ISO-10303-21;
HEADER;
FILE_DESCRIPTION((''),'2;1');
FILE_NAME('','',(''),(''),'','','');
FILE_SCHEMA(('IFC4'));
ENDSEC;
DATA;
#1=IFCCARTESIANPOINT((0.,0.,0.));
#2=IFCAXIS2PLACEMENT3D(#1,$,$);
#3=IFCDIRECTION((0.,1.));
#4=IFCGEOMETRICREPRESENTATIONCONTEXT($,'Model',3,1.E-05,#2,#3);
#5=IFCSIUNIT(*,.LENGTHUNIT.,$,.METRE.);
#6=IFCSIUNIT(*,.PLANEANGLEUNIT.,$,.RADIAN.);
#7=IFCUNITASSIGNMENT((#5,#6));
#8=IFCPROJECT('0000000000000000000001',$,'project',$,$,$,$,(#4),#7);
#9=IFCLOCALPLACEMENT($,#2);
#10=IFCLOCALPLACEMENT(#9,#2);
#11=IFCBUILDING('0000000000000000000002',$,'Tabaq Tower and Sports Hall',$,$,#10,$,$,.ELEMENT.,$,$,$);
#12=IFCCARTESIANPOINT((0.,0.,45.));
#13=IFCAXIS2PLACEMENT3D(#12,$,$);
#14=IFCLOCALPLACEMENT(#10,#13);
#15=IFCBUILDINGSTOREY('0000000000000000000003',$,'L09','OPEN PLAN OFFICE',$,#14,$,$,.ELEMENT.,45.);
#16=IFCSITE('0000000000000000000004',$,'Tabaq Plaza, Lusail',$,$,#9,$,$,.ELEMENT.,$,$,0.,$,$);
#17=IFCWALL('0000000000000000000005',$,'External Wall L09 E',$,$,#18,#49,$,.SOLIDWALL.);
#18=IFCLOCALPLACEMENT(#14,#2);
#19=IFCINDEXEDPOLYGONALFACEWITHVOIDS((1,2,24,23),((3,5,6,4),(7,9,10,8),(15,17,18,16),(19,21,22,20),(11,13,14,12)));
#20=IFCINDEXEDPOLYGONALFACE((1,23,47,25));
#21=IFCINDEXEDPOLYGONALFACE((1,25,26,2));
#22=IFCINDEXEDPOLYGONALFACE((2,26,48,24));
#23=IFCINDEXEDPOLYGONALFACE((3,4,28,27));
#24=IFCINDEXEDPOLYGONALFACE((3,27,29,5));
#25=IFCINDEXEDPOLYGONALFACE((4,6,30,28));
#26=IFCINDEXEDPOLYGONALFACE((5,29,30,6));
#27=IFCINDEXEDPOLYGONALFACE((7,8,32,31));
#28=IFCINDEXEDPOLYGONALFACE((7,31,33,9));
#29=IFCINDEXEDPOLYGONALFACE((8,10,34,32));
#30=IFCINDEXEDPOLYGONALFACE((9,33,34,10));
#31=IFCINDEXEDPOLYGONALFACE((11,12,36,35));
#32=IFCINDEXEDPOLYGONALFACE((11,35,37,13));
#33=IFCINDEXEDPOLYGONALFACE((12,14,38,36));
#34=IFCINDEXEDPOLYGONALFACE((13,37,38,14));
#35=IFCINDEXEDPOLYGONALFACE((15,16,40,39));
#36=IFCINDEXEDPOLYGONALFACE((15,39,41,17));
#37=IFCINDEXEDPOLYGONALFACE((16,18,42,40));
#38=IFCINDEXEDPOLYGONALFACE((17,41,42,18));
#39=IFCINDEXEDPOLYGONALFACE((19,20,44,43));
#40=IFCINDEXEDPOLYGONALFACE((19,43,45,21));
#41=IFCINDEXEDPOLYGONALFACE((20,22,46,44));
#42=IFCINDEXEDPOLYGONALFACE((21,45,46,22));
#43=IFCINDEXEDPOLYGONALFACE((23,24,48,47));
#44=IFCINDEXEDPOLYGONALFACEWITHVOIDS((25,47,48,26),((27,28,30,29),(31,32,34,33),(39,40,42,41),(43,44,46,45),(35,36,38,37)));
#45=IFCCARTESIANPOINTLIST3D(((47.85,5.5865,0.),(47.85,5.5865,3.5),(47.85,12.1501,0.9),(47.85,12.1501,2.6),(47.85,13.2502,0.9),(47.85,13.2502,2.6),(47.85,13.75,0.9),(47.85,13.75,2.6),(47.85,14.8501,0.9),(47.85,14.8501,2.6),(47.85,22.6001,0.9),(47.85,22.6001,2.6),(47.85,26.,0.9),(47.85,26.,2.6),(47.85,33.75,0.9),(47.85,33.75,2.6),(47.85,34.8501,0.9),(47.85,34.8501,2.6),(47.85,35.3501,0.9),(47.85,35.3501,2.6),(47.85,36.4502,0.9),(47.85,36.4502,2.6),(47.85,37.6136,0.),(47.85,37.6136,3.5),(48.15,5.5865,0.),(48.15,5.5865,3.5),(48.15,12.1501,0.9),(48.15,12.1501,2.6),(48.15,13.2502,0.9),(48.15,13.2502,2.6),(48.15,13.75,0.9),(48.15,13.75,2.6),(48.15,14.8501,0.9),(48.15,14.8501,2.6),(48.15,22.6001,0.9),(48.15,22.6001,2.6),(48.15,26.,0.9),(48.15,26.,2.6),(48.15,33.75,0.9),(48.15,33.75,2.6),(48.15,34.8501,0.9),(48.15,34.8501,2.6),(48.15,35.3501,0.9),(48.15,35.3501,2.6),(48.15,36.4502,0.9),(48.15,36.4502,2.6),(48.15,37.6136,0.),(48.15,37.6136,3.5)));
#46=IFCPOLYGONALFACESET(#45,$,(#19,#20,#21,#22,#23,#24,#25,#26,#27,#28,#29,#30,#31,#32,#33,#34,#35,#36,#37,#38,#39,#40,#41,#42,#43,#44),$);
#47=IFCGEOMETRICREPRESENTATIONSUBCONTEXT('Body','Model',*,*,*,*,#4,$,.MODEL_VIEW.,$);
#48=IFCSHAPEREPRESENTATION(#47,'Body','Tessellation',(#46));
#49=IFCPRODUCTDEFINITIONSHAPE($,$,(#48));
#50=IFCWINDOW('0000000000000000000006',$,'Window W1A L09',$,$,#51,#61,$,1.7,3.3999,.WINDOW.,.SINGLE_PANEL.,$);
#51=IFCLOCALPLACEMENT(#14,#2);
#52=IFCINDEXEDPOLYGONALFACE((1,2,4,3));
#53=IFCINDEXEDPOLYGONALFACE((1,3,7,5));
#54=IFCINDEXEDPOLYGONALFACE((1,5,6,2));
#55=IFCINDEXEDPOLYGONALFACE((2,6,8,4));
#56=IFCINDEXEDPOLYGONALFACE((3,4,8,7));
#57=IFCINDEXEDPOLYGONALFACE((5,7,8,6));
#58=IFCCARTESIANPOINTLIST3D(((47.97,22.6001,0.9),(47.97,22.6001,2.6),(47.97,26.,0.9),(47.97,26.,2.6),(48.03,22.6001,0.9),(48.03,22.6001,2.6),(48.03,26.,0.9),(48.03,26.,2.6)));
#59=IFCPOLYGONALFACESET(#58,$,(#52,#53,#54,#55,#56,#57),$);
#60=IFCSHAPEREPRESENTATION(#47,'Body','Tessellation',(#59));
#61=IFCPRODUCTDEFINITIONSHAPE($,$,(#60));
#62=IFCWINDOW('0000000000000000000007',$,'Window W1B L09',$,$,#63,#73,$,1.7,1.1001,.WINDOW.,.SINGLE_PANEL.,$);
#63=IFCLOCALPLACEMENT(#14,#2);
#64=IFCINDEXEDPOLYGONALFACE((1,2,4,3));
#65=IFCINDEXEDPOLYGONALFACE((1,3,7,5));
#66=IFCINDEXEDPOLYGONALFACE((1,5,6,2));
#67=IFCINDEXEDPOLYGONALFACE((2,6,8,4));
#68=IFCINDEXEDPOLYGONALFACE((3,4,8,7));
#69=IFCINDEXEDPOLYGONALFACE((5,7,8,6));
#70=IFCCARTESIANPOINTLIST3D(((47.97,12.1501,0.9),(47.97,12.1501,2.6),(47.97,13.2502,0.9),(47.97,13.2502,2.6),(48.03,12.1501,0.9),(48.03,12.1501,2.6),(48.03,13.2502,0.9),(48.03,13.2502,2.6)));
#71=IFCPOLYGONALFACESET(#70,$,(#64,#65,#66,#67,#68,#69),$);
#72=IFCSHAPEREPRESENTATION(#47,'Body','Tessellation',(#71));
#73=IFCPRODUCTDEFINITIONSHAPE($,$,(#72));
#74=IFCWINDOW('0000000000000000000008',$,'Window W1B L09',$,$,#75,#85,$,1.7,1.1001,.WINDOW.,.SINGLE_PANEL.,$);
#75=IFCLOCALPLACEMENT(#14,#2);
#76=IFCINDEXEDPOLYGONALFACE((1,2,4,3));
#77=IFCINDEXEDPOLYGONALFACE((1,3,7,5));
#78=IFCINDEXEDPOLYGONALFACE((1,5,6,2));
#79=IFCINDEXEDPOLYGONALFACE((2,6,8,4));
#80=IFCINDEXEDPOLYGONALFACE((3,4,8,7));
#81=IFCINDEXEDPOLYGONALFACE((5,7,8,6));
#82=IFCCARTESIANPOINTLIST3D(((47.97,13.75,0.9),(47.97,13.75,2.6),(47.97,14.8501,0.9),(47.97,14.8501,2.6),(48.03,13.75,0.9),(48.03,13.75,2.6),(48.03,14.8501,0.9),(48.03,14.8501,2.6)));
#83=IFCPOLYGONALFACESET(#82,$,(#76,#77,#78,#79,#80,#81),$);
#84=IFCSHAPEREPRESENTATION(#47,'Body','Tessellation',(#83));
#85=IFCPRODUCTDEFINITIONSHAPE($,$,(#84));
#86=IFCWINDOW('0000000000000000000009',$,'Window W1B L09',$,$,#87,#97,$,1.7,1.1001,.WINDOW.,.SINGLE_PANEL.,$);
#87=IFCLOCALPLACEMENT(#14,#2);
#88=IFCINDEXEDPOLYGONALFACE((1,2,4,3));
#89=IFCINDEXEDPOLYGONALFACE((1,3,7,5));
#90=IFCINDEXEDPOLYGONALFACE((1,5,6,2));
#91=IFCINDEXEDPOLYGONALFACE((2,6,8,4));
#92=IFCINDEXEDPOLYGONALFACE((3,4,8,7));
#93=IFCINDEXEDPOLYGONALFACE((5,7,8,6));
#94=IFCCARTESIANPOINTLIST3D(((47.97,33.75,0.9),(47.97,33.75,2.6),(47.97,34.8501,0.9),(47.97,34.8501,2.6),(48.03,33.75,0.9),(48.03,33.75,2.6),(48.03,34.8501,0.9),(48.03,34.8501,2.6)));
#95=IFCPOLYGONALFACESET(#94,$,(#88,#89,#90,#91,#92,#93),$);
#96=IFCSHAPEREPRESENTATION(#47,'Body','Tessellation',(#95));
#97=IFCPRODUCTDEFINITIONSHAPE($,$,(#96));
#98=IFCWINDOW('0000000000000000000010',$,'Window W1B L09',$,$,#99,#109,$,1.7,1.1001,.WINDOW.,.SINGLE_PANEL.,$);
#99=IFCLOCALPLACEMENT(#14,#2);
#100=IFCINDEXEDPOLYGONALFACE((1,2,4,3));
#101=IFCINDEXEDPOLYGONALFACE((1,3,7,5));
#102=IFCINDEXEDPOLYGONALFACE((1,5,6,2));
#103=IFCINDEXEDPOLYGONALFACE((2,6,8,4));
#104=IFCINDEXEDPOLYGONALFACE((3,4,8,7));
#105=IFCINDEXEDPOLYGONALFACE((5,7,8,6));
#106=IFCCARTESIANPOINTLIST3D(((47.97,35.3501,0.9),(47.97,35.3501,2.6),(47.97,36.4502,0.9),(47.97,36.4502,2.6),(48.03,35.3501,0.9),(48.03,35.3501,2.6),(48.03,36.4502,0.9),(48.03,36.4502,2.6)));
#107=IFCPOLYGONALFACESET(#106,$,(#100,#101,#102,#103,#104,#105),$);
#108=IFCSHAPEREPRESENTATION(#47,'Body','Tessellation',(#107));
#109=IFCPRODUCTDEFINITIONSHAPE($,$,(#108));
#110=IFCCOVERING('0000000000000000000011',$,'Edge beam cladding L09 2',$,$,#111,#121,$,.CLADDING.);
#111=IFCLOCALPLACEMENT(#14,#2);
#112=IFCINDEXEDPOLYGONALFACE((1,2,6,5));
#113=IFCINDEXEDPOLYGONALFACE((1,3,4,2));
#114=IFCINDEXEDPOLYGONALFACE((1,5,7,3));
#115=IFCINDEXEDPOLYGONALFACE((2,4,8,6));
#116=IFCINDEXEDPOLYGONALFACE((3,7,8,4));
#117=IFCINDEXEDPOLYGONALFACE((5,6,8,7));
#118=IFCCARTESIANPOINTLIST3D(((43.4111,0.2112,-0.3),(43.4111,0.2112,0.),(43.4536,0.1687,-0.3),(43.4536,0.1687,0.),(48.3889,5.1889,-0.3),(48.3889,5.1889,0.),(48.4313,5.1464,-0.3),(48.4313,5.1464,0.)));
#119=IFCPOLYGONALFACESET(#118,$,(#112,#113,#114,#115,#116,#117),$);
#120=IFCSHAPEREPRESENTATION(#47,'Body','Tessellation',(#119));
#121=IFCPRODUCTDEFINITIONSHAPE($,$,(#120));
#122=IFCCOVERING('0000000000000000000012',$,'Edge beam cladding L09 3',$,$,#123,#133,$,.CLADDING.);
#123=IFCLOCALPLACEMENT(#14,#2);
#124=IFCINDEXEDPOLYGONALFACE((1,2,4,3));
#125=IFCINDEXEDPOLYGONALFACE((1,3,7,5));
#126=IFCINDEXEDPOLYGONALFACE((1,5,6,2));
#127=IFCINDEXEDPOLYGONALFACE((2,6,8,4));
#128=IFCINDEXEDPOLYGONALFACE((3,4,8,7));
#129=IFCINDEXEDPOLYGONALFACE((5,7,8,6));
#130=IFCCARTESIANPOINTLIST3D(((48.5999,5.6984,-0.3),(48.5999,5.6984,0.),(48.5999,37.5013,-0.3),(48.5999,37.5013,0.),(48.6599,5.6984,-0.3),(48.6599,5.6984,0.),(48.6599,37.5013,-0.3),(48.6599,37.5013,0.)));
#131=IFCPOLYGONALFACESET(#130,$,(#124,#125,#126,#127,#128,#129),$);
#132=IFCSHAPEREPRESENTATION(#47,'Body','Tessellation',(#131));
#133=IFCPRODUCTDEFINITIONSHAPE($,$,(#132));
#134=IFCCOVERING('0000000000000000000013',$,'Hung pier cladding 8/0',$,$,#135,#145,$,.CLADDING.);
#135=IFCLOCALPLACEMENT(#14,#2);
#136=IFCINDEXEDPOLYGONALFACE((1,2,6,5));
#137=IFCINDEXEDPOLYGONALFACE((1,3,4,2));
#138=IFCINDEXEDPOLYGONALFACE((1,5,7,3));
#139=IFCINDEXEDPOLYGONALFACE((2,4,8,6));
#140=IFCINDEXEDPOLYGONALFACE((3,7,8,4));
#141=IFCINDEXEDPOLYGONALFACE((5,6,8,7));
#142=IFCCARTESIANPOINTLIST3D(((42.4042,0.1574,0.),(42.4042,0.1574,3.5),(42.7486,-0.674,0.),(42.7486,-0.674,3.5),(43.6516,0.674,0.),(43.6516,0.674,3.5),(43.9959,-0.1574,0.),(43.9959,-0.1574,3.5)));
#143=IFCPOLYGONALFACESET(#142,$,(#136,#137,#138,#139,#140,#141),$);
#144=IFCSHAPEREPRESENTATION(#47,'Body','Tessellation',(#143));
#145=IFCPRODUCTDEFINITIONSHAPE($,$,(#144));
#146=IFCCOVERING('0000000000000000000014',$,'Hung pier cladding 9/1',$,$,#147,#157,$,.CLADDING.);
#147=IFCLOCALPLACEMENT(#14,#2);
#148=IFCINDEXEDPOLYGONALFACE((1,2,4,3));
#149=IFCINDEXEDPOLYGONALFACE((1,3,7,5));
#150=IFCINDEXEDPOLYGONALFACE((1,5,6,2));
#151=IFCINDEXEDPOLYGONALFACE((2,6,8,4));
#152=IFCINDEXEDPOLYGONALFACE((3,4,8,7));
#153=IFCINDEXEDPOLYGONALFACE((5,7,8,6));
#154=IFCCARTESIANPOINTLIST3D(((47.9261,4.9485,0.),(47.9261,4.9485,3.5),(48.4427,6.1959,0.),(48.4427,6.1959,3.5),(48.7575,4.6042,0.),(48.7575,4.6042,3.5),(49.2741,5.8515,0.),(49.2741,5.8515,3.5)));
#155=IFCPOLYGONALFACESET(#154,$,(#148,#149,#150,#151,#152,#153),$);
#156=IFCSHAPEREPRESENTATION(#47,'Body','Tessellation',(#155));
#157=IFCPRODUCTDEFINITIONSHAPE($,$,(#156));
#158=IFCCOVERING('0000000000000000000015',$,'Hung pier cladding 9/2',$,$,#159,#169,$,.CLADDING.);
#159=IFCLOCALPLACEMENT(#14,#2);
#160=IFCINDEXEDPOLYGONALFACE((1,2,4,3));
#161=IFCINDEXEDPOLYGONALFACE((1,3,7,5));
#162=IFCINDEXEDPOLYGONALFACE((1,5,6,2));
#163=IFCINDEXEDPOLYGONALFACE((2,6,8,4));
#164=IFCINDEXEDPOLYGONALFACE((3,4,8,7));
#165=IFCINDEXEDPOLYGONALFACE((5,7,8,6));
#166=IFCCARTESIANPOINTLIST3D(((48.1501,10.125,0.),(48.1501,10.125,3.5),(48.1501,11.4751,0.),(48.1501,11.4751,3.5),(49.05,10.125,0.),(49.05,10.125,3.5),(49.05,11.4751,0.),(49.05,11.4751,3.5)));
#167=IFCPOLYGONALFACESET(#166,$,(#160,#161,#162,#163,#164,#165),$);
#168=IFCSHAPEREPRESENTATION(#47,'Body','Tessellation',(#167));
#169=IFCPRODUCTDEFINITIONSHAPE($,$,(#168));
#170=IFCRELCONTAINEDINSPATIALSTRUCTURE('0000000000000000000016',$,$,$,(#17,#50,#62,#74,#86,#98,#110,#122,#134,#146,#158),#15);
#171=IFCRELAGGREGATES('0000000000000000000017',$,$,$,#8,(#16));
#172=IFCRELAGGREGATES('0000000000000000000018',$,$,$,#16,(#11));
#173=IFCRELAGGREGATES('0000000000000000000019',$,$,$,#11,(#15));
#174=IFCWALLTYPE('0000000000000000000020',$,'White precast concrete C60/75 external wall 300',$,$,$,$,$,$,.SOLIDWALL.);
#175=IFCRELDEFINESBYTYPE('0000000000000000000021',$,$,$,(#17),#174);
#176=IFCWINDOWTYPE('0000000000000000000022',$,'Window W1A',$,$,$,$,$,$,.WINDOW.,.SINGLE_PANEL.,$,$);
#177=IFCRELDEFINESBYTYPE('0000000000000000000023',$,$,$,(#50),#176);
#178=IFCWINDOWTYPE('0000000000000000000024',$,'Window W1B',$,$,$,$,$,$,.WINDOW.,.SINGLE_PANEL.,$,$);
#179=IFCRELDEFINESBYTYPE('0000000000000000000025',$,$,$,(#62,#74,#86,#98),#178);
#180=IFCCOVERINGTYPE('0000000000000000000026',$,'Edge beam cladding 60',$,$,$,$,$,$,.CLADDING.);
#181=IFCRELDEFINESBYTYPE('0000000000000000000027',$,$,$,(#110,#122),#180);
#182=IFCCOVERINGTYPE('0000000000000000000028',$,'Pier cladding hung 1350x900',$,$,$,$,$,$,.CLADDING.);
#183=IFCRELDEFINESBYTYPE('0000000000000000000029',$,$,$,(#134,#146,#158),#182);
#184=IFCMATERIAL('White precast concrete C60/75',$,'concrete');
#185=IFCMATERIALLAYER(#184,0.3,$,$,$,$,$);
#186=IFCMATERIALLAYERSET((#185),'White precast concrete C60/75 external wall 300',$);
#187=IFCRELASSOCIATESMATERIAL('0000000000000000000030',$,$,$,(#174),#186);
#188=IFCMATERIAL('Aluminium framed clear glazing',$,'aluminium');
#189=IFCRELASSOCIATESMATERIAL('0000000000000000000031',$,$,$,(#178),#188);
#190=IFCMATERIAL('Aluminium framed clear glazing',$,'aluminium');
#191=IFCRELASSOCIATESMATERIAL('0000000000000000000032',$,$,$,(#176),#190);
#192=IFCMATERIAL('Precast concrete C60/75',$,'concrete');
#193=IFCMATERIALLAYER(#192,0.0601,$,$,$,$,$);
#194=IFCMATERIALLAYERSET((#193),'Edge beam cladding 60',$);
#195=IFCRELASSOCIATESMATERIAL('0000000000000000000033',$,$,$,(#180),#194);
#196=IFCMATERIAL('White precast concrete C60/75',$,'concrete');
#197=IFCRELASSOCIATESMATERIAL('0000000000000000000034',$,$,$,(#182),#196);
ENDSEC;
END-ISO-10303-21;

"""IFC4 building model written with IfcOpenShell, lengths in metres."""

from ifc_helpers import new_model, si_unit, direction, frame, frame_2d, origin, place, context, subcontext, project, spatial, rectangle, extrude, material, layer, layer_set, type_object, element, fill, save


model = new_model("IFC4")

# Units and contexts
model_context = context("Model", 3, precision=1e-05, world=origin(), true_north=direction((0.0, 1.0)))
body_context = subcontext(model_context, "Body", "Model", "MODEL_VIEW")
ifc_project = project(units=[si_unit("LENGTHUNIT", "METRE"), si_unit("PLANEANGLEUNIT", "RADIAN")], contexts=[model_context])

# Site, building, storey
site_placement = place(None, origin())
site = spatial("IfcSite", under=ifc_project, at=site_placement, Name="Tabaq Plaza, Lusail", CompositionType="ELEMENT", RefElevation=0.0)
building_placement = place(site_placement, origin())
building = spatial("IfcBuilding", under=site, at=building_placement, Name="Tabaq Tower and Sports Hall", CompositionType="ELEMENT")
storey_placement = place(building_placement, frame((0.0, 0.0, 45.0)))
storey = spatial("IfcBuildingStorey", under=building, at=storey_placement, Name="L09", Description="OPEN PLAN OFFICE", CompositionType="ELEMENT", Elevation=45.0)

# Wall, openings, windows
ifc_material_1 = material(Name="White precast concrete C60/75", Category="concrete")
ifc_layer_1 = layer(ifc_material_1, 0.3)
ifc_layer_set_1 = layer_set([ifc_layer_1], Name="White precast concrete C60/75 external wall 300")
wall_type = type_object("IfcWallType", Name="White precast concrete C60/75 external wall 300", PredefinedType="SOLIDWALL", material=ifc_layer_set_1)
ifc_material_2 = material(Name="Aluminium framed clear glazing", Category="aluminium")
window_type_1 = type_object("IfcWindowType", Name="Window W1B", PartitioningType="SINGLE_PANEL", PredefinedType="WINDOW", material=ifc_material_2)
wall_1_placement = place(storey_placement, frame((48.0, 5.5864, 0.0), z_axis=(0.0, 0.0, 1.0), x_axis=(0.0, 1.0, 0.0)))
wall_1 = element("IfcWall", 1, at=wall_1_placement, inside=storey, type_object=wall_type, Name="External Wall L09 E", PredefinedType="SOLIDWALL", context=body_context, shape_type="SweptSolid", body=[
    extrude(rectangle(XDim=32.0271, YDim=0.3, at=frame_2d((16.0137, 0.0))), origin(), (0.0, 0.0, 1.0), 3.5),
])
opening_1_placement = place(wall_1_placement, frame((6.5637, 0.0, 0.8999)))
opening_1 = element("IfcOpeningElement", 2, at=opening_1_placement, cuts=wall_1, PredefinedType="OPENING", context=body_context, shape_type="SweptSolid", body=[
    extrude(rectangle(XDim=1.1001, YDim=1.7, at=frame_2d((0.55, 0.8501))), frame((0.0, 0.1602, 0.0), z_axis=(0.0, -1.0, 0.0), x_axis=(1.0, 0.0, 0.0)), (0.0, 0.0, 1.0), 0.3201),
])
opening_2_placement = place(wall_1_placement, frame((8.1636, 0.0, 0.8999)))
opening_2 = element("IfcOpeningElement", 3, at=opening_2_placement, cuts=wall_1, PredefinedType="OPENING", context=body_context, shape_type="SweptSolid", body=[
    extrude(rectangle(XDim=1.1001, YDim=1.7, at=frame_2d((0.55, 0.8501))), frame((0.0, 0.1602, 0.0), z_axis=(0.0, -1.0, 0.0), x_axis=(1.0, 0.0, 0.0)), (0.0, 0.0, 1.0), 0.3201),
])
opening_3_placement = place(wall_1_placement, frame((17.0137, 0.0, 0.8999)))
opening_3 = element("IfcOpeningElement", 4, at=opening_3_placement, cuts=wall_1, PredefinedType="OPENING", context=body_context, shape_type="SweptSolid", body=[
    extrude(rectangle(XDim=3.3999, YDim=1.7, at=frame_2d((1.7, 0.8501))), frame((0.0, 0.1602, 0.0), z_axis=(0.0, -1.0, 0.0), x_axis=(1.0, 0.0, 0.0)), (0.0, 0.0, 1.0), 0.3201),
])
opening_4_placement = place(wall_1_placement, frame((28.1636, 0.0, 0.8999)))
opening_4 = element("IfcOpeningElement", 5, at=opening_4_placement, cuts=wall_1, PredefinedType="OPENING", context=body_context, shape_type="SweptSolid", body=[
    extrude(rectangle(XDim=1.1001, YDim=1.7, at=frame_2d((0.55, 0.8501))), frame((0.0, 0.1602, 0.0), z_axis=(0.0, -1.0, 0.0), x_axis=(1.0, 0.0, 0.0)), (0.0, 0.0, 1.0), 0.3201),
])
opening_5_placement = place(wall_1_placement, frame((29.7637, 0.0, 0.8999)))
opening_5 = element("IfcOpeningElement", 6, at=opening_5_placement, cuts=wall_1, PredefinedType="OPENING", context=body_context, shape_type="SweptSolid", body=[
    extrude(rectangle(XDim=1.1001, YDim=1.7, at=frame_2d((0.55, 0.8501))), frame((0.0, 0.1602, 0.0), z_axis=(0.0, -1.0, 0.0), x_axis=(1.0, 0.0, 0.0)), (0.0, 0.0, 1.0), 0.3201),
])
ifc_material_3 = material(Name="Aluminium framed clear glazing", Category="aluminium")
window_type_2 = type_object("IfcWindowType", Name="Window W1A", PartitioningType="SINGLE_PANEL", PredefinedType="WINDOW", material=ifc_material_3)
window_1_placement = place(opening_3_placement, origin())
window_1 = element("IfcWindow", 7, at=window_1_placement, inside=storey, type_object=window_type_2, Name="Window W1A L09", OverallHeight=1.7, OverallWidth=3.3999, PartitioningType="SINGLE_PANEL", PredefinedType="WINDOW", context=body_context, shape_type="SweptSolid", body=[
    extrude(rectangle(XDim=3.3999, YDim=1.7, at=frame_2d((1.7, 0.8501))), frame((0.0, 0.03, 0.0), z_axis=(0.0, -1.0, 0.0), x_axis=(1.0, 0.0, 0.0)), (0.0, 0.0, 1.0), 0.0601),
])
fill(opening_3, window_1)
window_2_placement = place(opening_1_placement, origin())
window_2 = element("IfcWindow", 8, at=window_2_placement, inside=storey, type_object=window_type_1, Name="Window W1B L09", OverallHeight=1.7, OverallWidth=1.1001, PartitioningType="SINGLE_PANEL", PredefinedType="WINDOW", context=body_context, shape_type="SweptSolid", body=[
    extrude(rectangle(XDim=1.1001, YDim=1.7, at=frame_2d((0.55, 0.8501))), frame((0.0, 0.03, 0.0), z_axis=(0.0, -1.0, 0.0), x_axis=(1.0, 0.0, 0.0)), (0.0, 0.0, 1.0), 0.0601),
])
fill(opening_1, window_2)
window_3_placement = place(opening_2_placement, origin())
window_3 = element("IfcWindow", 9, at=window_3_placement, inside=storey, type_object=window_type_1, Name="Window W1B L09", OverallHeight=1.7, OverallWidth=1.1001, PartitioningType="SINGLE_PANEL", PredefinedType="WINDOW", context=body_context, shape_type="SweptSolid", body=[
    extrude(rectangle(XDim=1.1001, YDim=1.7, at=frame_2d((0.55, 0.8501))), frame((0.0, 0.03, 0.0), z_axis=(0.0, -1.0, 0.0), x_axis=(1.0, 0.0, 0.0)), (0.0, 0.0, 1.0), 0.0601),
])
fill(opening_2, window_3)
window_4_placement = place(opening_4_placement, origin())
window_4 = element("IfcWindow", 10, at=window_4_placement, inside=storey, type_object=window_type_1, Name="Window W1B L09", OverallHeight=1.7, OverallWidth=1.1001, PartitioningType="SINGLE_PANEL", PredefinedType="WINDOW", context=body_context, shape_type="SweptSolid", body=[
    extrude(rectangle(XDim=1.1001, YDim=1.7, at=frame_2d((0.55, 0.8501))), frame((0.0, 0.03, 0.0), z_axis=(0.0, -1.0, 0.0), x_axis=(1.0, 0.0, 0.0)), (0.0, 0.0, 1.0), 0.0601),
])
fill(opening_4, window_4)
window_5_placement = place(opening_5_placement, origin())
window_5 = element("IfcWindow", 11, at=window_5_placement, inside=storey, type_object=window_type_1, Name="Window W1B L09", OverallHeight=1.7, OverallWidth=1.1001, PartitioningType="SINGLE_PANEL", PredefinedType="WINDOW", context=body_context, shape_type="SweptSolid", body=[
    extrude(rectangle(XDim=1.1001, YDim=1.7, at=frame_2d((0.55, 0.8501))), frame((0.0, 0.03, 0.0), z_axis=(0.0, -1.0, 0.0), x_axis=(1.0, 0.0, 0.0)), (0.0, 0.0, 1.0), 0.0601),
])
fill(opening_5, window_5)

# Coverings
ifc_material_4 = material(Name="Precast concrete C60/75", Category="concrete")
ifc_layer_2 = layer(ifc_material_4, 0.0601)
ifc_layer_set_2 = layer_set([ifc_layer_2], Name="Edge beam cladding 60")
covering_type_1 = type_object("IfcCoveringType", Name="Edge beam cladding 60", PredefinedType="CLADDING", material=ifc_layer_set_2)
covering_1_placement = place(storey_placement, frame((43.4324, 0.1899, -0.3), z_axis=(0.0, 0.0, 1.0), x_axis=(0.707107, 0.707107, 0.0)))
element("IfcCovering", 12, at=covering_1_placement, inside=storey, type_object=covering_type_1, Name="Edge beam cladding L09 2", PredefinedType="CLADDING", context=body_context, shape_type="SweptSolid", body=[
    extrude(rectangle(XDim=7.0396, YDim=0.0601, at=frame_2d((3.5198, 0.0))), origin(), (0.0, 0.0, 1.0), 0.3),
])
covering_2_placement = place(storey_placement, frame((48.6299, 5.6985, -0.3), z_axis=(0.0, 0.0, 1.0), x_axis=(0.0, 1.0, 0.0)))
element("IfcCovering", 13, at=covering_2_placement, inside=storey, type_object=covering_type_1, Name="Edge beam cladding L09 3", PredefinedType="CLADDING", context=body_context, shape_type="SweptSolid", body=[
    extrude(rectangle(XDim=31.803, YDim=0.0601, at=frame_2d((15.9014, 0.0))), origin(), (0.0, 0.0, 1.0), 0.3),
])
ifc_material_5 = material(Name="White precast concrete C60/75", Category="concrete")
covering_type_2 = type_object("IfcCoveringType", Name="Pier cladding hung 1350x900", PredefinedType="CLADDING", material=ifc_material_5)
for number, where, z_axis, x_axis, name in (
    (14, (42.5764, -0.2583, 0.0), (0.0, 0.0, 1.0), (0.923893, 0.38265, 0.0), "Hung pier cladding 8/0"),
    (15, (48.3418, 4.7764, 0.0), (0.0, 0.0, 1.0), (0.38265, 0.923893, 0.0), "Hung pier cladding 9/1"),
    (16, (48.6001, 10.125, 0.0), (0.0, 0.0, 1.0), (0.0, 1.0, 0.0), "Hung pier cladding 9/2"),
):
    element("IfcCovering", number, at=place(storey_placement, frame(where, z_axis=z_axis, x_axis=x_axis)), inside=storey, type_object=covering_type_2, Name=name, PredefinedType="CLADDING", context=body_context, shape_type="SweptSolid", body=[
        extrude(rectangle(XDim=1.3501, YDim=0.8999, at=frame_2d((0.675, 0.0))), origin(), (0.0, 0.0, 1.0), 3.5),
    ])

save(model, "model.ifc")
